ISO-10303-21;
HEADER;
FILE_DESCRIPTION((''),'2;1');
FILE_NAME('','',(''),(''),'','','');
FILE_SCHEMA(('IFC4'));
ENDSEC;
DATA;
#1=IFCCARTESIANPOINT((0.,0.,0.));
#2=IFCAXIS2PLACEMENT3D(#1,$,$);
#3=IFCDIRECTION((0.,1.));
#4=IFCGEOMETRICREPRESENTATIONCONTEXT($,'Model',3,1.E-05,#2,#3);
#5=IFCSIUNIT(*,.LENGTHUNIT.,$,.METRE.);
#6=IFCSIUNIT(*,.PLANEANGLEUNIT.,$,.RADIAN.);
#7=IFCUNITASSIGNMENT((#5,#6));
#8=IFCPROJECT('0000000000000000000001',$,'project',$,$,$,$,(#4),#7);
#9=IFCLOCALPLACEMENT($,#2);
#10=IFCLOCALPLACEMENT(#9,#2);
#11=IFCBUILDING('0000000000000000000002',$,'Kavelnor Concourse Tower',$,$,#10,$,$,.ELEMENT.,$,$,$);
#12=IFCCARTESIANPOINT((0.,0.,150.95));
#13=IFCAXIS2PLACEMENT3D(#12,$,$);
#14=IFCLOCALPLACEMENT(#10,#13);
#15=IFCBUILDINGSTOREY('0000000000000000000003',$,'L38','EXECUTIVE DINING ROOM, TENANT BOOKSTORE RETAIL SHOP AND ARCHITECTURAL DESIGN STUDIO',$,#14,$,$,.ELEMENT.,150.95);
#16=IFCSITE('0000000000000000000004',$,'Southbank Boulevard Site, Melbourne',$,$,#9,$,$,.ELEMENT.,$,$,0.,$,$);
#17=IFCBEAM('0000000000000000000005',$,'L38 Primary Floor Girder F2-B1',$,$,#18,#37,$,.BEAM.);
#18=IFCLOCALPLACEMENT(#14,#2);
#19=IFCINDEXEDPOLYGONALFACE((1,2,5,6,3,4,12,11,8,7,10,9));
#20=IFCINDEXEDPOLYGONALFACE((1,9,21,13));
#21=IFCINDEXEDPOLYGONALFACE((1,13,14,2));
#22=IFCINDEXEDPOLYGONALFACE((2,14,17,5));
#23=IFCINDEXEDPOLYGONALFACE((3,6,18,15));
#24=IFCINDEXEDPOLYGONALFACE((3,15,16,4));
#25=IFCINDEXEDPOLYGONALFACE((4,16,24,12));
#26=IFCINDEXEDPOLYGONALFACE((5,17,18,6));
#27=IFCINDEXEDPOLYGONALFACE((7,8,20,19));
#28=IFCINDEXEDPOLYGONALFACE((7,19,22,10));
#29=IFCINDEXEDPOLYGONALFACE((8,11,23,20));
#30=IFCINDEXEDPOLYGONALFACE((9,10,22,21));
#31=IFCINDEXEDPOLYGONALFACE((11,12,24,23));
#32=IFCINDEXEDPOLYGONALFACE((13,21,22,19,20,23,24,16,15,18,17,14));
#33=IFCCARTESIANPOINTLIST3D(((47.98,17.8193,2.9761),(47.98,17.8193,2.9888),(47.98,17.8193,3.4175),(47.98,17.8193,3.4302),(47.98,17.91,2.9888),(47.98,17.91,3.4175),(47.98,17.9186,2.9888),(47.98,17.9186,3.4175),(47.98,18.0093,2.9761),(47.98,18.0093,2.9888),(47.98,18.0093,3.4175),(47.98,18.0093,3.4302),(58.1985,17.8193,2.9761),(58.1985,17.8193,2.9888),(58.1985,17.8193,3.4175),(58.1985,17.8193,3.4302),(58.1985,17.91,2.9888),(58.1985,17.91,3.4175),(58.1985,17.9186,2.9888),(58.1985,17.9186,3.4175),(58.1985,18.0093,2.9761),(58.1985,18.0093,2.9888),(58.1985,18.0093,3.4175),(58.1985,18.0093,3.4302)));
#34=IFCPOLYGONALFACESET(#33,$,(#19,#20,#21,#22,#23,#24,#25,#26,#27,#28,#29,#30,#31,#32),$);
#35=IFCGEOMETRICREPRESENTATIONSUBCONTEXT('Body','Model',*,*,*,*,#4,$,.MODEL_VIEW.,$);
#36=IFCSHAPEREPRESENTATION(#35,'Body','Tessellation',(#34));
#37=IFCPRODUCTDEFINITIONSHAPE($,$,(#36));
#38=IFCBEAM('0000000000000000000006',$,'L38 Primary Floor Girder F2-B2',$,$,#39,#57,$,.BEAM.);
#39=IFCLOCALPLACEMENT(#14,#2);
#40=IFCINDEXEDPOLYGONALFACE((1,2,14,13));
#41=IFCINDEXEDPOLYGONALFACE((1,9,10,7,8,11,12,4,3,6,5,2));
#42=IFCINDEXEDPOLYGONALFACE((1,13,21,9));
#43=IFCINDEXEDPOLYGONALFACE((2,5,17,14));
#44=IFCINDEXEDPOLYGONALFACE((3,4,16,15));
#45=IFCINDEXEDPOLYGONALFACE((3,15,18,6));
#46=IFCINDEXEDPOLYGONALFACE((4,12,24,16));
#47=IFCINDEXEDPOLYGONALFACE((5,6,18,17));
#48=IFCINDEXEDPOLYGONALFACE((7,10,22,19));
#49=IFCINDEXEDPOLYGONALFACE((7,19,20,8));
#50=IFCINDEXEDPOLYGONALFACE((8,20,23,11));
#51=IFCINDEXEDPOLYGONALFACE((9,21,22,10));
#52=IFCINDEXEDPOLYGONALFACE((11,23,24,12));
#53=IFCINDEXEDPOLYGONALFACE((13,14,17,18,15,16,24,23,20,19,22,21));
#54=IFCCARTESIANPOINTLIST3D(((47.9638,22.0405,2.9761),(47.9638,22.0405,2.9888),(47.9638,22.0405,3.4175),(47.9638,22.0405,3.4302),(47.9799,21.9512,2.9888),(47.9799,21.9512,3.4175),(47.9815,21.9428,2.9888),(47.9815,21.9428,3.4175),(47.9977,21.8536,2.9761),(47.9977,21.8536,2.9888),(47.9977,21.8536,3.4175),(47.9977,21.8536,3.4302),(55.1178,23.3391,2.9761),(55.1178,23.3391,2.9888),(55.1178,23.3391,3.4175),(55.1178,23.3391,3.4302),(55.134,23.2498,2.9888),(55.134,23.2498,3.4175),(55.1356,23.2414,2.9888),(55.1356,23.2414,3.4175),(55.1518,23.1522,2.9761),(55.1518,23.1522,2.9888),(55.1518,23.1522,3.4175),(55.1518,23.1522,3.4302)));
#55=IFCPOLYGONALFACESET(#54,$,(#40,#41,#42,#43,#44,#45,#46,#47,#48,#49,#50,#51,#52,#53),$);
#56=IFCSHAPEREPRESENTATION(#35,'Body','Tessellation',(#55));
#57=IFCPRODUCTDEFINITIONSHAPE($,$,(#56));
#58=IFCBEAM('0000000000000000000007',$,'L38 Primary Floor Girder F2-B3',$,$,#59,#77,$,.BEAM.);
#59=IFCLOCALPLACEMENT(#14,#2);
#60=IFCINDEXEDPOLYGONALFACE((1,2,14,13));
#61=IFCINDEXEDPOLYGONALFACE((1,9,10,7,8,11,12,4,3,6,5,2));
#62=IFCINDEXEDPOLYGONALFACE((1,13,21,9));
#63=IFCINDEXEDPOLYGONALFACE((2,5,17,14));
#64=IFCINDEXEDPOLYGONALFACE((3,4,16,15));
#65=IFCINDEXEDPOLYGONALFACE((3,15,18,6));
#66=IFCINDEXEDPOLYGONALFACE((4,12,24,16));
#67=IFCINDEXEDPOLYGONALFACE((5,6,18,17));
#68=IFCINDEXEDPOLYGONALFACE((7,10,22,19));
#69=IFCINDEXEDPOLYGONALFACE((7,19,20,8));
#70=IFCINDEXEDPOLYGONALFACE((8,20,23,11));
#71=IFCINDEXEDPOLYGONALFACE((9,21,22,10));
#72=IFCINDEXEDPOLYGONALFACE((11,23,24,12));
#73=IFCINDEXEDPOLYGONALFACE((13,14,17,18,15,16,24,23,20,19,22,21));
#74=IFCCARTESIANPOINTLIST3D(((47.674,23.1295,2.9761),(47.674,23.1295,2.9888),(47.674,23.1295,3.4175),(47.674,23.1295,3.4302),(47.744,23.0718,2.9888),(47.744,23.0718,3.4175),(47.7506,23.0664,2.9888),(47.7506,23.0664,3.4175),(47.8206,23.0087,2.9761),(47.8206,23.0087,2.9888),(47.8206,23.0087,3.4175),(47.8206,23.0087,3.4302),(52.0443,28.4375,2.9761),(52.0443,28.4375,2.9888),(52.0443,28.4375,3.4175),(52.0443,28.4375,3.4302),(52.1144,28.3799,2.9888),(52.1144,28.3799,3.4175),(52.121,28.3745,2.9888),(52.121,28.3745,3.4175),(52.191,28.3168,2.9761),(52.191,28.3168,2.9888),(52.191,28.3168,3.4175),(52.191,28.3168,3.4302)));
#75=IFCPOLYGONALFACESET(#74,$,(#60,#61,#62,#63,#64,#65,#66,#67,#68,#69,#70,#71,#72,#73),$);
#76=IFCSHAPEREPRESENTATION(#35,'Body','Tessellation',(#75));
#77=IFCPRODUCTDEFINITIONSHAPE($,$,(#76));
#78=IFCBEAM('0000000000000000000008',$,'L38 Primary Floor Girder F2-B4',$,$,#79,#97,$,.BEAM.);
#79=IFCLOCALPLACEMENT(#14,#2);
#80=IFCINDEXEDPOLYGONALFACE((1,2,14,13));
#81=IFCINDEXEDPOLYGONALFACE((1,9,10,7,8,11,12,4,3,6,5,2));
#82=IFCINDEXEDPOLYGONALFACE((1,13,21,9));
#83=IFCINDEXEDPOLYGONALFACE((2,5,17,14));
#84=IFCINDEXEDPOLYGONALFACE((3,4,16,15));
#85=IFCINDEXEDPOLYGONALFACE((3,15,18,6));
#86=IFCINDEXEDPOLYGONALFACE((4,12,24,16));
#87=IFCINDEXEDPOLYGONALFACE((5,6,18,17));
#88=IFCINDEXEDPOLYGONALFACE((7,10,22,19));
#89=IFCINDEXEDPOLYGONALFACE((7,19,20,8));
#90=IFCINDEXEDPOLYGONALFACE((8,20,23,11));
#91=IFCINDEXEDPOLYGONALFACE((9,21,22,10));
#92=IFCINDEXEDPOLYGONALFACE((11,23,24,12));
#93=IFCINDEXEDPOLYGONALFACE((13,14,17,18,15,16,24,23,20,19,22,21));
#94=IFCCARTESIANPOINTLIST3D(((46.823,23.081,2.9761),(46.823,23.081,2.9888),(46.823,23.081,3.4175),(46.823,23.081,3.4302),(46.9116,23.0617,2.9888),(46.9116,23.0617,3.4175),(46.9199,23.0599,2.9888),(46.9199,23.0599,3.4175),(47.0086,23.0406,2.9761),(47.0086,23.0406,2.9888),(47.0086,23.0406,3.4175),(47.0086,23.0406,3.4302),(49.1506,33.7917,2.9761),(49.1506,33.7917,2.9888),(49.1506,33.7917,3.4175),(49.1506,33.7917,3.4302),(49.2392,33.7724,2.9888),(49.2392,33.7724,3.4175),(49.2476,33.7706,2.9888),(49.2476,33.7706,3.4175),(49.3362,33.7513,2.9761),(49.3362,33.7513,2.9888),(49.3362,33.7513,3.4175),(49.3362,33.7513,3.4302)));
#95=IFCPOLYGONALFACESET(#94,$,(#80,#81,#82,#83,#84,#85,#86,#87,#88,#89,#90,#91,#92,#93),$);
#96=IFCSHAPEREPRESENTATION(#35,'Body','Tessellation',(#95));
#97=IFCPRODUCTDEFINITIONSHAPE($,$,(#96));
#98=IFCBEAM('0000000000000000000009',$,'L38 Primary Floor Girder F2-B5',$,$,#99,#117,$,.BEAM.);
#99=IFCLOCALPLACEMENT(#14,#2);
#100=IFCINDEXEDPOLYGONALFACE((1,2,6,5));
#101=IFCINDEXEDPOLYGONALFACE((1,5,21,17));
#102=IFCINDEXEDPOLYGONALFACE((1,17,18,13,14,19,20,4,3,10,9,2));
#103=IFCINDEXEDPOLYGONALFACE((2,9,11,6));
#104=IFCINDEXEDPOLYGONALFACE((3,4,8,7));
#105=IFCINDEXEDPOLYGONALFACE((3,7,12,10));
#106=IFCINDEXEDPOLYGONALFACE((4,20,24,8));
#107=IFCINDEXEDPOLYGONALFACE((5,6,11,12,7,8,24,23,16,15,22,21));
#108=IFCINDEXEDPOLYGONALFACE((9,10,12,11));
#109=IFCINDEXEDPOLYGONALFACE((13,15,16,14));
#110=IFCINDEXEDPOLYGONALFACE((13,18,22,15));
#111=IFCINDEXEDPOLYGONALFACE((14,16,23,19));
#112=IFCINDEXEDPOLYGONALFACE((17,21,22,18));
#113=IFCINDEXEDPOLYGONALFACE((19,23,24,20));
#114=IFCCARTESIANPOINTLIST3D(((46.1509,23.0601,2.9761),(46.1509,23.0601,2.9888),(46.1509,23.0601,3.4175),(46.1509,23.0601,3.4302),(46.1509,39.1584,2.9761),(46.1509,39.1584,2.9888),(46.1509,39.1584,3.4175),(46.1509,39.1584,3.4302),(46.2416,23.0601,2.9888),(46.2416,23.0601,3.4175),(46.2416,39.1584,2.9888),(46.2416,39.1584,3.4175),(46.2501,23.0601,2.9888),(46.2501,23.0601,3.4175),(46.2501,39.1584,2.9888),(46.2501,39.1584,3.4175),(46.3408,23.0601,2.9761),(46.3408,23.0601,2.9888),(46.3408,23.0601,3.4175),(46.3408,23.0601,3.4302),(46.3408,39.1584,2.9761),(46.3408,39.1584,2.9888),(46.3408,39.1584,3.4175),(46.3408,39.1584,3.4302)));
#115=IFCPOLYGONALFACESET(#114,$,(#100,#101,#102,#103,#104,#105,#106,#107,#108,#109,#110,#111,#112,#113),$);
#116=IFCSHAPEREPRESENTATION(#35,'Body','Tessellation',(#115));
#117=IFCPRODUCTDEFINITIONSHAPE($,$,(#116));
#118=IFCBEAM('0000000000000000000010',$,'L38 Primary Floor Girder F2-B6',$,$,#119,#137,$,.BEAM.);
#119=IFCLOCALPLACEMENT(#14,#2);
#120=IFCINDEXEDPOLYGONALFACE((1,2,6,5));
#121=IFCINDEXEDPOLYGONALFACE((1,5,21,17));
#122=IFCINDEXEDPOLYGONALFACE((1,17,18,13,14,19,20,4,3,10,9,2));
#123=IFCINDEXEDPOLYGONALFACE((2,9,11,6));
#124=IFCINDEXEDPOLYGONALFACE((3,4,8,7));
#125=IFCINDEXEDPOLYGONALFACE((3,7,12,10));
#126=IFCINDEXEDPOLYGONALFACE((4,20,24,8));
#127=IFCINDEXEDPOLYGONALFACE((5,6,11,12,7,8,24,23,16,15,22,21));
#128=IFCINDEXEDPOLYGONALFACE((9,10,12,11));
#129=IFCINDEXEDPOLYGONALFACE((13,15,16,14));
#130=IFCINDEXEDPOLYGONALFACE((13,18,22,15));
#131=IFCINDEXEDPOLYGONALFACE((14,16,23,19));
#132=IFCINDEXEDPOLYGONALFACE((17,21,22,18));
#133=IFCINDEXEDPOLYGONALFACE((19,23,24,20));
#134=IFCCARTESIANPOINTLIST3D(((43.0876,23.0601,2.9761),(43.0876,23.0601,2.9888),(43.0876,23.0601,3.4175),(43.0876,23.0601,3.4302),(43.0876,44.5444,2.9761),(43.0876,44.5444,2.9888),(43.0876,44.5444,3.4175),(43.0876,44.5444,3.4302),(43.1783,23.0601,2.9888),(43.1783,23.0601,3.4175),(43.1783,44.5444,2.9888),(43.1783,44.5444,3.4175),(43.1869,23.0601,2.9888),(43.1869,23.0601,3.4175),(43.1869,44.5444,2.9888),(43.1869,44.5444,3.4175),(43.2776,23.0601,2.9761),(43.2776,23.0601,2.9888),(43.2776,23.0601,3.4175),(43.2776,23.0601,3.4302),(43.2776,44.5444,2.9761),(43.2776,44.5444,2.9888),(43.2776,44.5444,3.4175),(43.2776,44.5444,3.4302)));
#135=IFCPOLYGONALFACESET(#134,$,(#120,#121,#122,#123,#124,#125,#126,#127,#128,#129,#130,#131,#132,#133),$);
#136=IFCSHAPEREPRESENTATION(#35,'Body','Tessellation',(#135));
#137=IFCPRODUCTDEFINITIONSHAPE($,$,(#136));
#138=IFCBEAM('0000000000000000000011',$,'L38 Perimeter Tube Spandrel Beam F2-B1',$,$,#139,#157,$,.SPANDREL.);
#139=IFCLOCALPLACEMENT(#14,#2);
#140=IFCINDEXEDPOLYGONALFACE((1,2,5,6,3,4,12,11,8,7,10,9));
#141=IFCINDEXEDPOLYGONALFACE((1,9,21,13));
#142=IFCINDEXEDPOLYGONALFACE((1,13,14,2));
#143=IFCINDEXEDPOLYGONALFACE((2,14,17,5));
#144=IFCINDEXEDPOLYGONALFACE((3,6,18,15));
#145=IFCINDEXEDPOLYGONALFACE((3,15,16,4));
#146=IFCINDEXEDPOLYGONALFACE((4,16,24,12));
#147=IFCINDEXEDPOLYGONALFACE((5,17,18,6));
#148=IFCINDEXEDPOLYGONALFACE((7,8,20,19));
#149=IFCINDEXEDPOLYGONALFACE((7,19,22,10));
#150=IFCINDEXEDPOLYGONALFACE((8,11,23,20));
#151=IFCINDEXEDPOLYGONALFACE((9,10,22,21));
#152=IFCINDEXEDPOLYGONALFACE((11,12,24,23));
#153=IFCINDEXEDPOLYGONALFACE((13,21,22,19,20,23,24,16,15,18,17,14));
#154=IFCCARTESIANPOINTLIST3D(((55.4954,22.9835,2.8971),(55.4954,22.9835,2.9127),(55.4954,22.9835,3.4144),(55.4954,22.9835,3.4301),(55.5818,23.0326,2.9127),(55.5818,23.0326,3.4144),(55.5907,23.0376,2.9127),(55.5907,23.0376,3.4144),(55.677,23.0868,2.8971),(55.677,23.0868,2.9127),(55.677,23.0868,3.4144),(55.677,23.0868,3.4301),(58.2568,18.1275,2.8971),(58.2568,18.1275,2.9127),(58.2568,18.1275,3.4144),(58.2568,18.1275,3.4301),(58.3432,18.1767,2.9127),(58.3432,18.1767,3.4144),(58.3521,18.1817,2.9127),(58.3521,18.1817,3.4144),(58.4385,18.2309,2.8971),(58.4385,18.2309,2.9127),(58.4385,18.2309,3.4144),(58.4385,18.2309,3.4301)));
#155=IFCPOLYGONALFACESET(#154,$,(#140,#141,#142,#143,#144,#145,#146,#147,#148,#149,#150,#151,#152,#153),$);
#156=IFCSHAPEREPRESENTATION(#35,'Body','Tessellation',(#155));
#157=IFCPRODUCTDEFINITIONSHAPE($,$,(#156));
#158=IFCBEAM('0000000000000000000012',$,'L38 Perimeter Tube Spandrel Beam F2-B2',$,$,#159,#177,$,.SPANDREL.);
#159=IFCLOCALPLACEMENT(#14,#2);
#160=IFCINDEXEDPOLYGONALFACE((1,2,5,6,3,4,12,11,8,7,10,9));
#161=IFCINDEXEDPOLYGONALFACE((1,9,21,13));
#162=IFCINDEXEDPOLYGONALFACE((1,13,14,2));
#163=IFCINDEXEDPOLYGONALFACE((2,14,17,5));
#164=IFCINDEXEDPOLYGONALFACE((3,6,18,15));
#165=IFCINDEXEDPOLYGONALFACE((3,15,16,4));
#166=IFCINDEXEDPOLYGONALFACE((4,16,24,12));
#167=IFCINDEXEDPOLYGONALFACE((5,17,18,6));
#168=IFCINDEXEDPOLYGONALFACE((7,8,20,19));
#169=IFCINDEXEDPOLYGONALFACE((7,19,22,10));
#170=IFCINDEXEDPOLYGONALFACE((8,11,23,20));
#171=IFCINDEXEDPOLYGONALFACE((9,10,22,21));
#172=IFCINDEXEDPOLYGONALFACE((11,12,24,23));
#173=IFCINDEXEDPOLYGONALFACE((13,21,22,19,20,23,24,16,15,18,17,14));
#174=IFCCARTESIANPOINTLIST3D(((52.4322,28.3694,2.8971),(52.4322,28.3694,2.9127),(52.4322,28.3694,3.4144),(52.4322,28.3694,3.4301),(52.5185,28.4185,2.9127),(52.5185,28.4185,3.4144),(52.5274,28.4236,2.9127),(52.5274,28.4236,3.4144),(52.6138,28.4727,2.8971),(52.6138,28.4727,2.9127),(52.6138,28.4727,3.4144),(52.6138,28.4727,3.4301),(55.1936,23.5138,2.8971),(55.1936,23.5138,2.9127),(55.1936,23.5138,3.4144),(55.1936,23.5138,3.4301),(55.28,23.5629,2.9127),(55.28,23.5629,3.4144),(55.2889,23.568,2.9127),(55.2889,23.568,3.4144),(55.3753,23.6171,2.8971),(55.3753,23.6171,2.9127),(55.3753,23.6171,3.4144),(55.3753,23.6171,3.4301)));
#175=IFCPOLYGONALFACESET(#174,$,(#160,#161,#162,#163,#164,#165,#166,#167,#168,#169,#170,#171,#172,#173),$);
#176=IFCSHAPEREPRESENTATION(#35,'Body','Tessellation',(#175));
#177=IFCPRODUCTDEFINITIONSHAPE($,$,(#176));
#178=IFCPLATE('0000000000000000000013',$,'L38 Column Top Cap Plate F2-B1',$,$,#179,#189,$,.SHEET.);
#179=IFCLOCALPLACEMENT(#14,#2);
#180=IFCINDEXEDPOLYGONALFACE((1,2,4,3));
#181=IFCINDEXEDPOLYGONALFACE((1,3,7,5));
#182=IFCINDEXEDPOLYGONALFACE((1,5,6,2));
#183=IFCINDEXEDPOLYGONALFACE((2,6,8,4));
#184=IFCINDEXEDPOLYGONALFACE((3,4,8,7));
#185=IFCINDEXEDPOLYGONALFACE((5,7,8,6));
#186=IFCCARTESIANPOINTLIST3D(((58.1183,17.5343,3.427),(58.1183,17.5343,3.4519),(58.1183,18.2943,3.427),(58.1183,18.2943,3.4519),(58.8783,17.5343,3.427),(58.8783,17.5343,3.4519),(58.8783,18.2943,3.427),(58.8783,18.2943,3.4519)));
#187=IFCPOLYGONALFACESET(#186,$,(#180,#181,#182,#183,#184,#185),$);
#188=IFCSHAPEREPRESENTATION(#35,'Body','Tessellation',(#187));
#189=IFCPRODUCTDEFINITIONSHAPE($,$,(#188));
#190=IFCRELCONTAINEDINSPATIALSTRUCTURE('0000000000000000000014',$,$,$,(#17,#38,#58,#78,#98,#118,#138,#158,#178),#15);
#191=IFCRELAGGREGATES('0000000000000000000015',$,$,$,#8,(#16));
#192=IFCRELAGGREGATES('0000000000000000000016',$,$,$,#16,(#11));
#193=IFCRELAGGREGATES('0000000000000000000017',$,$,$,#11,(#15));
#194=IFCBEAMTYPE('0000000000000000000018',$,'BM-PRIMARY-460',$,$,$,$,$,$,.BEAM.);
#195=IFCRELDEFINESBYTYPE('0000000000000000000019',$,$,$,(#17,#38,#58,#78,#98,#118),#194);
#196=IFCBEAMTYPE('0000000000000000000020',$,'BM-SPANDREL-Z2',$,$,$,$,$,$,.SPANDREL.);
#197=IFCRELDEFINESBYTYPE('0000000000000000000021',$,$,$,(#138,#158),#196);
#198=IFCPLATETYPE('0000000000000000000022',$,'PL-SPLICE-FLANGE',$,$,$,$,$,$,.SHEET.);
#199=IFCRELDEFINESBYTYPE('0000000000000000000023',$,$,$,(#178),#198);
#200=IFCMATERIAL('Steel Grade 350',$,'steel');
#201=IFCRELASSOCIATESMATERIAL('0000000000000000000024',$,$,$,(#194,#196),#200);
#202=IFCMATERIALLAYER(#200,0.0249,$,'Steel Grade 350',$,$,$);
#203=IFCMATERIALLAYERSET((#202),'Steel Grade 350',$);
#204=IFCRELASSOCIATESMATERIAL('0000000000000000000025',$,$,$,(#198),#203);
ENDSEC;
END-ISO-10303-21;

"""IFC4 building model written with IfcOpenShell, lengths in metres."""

from ifc_helpers import new_model, si_unit, direction, frame, origin, origin_2d, place, context, subcontext, project, spatial, rectangle, i_section, extrude, material, layer, layer_set, material_profile, profile_set, type_object, element, save


model = new_model("IFC4")

# Units and contexts
model_context = context("Model", 3, precision=1e-05, world=origin(), true_north=direction((0.0, 1.0)))
body_context = subcontext(model_context, "Body", "Model", "MODEL_VIEW")
ifc_project = project(units=[si_unit("LENGTHUNIT", "METRE"), si_unit("PLANEANGLEUNIT", "RADIAN")], contexts=[model_context])

# Site, building, storey
site_placement = place(None, origin())
site = spatial("IfcSite", under=ifc_project, at=site_placement, Name="Southbank Boulevard Site, Melbourne", CompositionType="ELEMENT", RefElevation=0.0)
building_placement = place(site_placement, origin())
building = spatial("IfcBuilding", under=site, at=building_placement, Name="Kavelnor Concourse Tower", CompositionType="ELEMENT")
storey_placement = place(building_placement, frame((0.0, 0.0, 150.95)))
storey = spatial("IfcBuildingStorey", under=building, at=storey_placement, Name="L38", Description="EXECUTIVE DINING ROOM, TENANT BOOKSTORE RETAIL SHOP AND ARCHITECTURAL DESIGN STUDIO", CompositionType="ELEMENT", Elevation=150.95)

# Shared definitions
ifc_material_1 = material(Name="Steel Grade 350", Category="steel")

# Beams
ifc_material_profile_1 = material_profile(ifc_material_1, i_section(OverallWidth=0.1899, OverallDepth=0.4541, WebThickness=0.0085, FlangeThickness=0.0127, at=origin_2d()), Name="460UB67")
ifc_profile_set_1 = profile_set([ifc_material_profile_1], Name="Steel Grade 350")
beam_type_1 = type_object("IfcBeamType", Name="BM-PRIMARY-460", PredefinedType="BEAM", material=ifc_profile_set_1)
beam_1_placement = place(storey_placement, frame((47.98, 17.9143, 3.2031), z_axis=(1.0, 0.0, 0.0), x_axis=(0.0, 1.0, 0.0)))
element("IfcBeam", 1, at=beam_1_placement, inside=storey, type_object=beam_type_1, Name="L38 Primary Floor Girder F2-B1", PredefinedType="BEAM", context=body_context, shape_type="SweptSolid", body=[
    extrude(i_section(OverallWidth=0.1899, OverallDepth=0.4541, WebThickness=0.0085, FlangeThickness=0.0127, at=origin_2d()), origin(), (0.0, 0.0, 1.0), 10.2185),
])
beam_2_placement = place(storey_placement, frame((47.9807, 21.947, 3.2031), z_axis=(0.983922, 0.178599, 0.0), x_axis=(-0.178599, 0.983922, 0.0)))
element("IfcBeam", 2, at=beam_2_placement, inside=storey, type_object=beam_type_1, Name="L38 Primary Floor Girder F2-B2", PredefinedType="BEAM", context=body_context, shape_type="SweptSolid", body=[
    extrude(i_section(OverallWidth=0.1899, OverallDepth=0.4541, WebThickness=0.0085, FlangeThickness=0.0127, at=origin_2d()), origin(), (0.0, 0.0, 1.0), 7.271),
])
beam_3_placement = place(storey_placement, frame((47.7473, 23.0691, 3.2031), z_axis=(0.635619, 0.772003, 0.0), x_axis=(-0.772003, 0.635619, 0.0)))
element("IfcBeam", 3, at=beam_3_placement, inside=storey, type_object=beam_type_1, Name="L38 Primary Floor Girder F2-B3", PredefinedType="BEAM", context=body_context, shape_type="SweptSolid", body=[
    extrude(i_section(OverallWidth=0.1899, OverallDepth=0.4541, WebThickness=0.0085, FlangeThickness=0.0127, at=origin_2d()), origin(), (0.0, 0.0, 1.0), 6.8757),
])
beam_4_placement = place(storey_placement, frame((46.9158, 23.0608, 3.2031), z_axis=(0.212362, 0.977191, 0.0), x_axis=(-0.977191, 0.212362, 0.0)))
element("IfcBeam", 4, at=beam_4_placement, inside=storey, type_object=beam_type_1, Name="L38 Primary Floor Girder F2-B4", PredefinedType="BEAM", context=body_context, shape_type="SweptSolid", body=[
    extrude(i_section(OverallWidth=0.1899, OverallDepth=0.4541, WebThickness=0.0085, FlangeThickness=0.0127, at=origin_2d()), origin(), (0.0, 0.0, 1.0), 10.9607),
])
beam_5_placement = place(storey_placement, frame((46.2458, 23.0601, 3.2031), z_axis=(0.0, 1.0, 0.0), x_axis=(-1.0, 0.0, 0.0)))
element("IfcBeam", 5, at=beam_5_placement, inside=storey, type_object=beam_type_1, Name="L38 Primary Floor Girder F2-B5", PredefinedType="BEAM", context=body_context, shape_type="SweptSolid", body=[
    extrude(i_section(OverallWidth=0.1899, OverallDepth=0.4541, WebThickness=0.0085, FlangeThickness=0.0127, at=origin_2d()), origin(), (0.0, 0.0, 1.0), 16.0984),
])
beam_6_placement = place(storey_placement, frame((43.1826, 23.0601, 3.2031), z_axis=(0.0, 1.0, 0.0), x_axis=(-1.0, 0.0, 0.0)))
element("IfcBeam", 6, at=beam_6_placement, inside=storey, type_object=beam_type_1, Name="L38 Primary Floor Girder F2-B6", PredefinedType="BEAM", context=body_context, shape_type="SweptSolid", body=[
    extrude(i_section(OverallWidth=0.1899, OverallDepth=0.4541, WebThickness=0.0085, FlangeThickness=0.0127, at=origin_2d()), origin(), (0.0, 0.0, 1.0), 21.4844),
])
ifc_material_profile_2 = material_profile(ifc_material_1, i_section(OverallWidth=0.209, OverallDepth=0.533, WebThickness=0.0103, FlangeThickness=0.0156, at=origin_2d()), Name="530UB92")
ifc_profile_set_2 = profile_set([ifc_material_profile_2], Name="Steel Grade 350")
beam_type_2 = type_object("IfcBeamType", Name="BM-SPANDREL-Z2", PredefinedType="SPANDREL", material=ifc_profile_set_2)
beam_7_placement = place(storey_placement, frame((58.3477, 18.1792, 3.1636), z_axis=(-0.494335, 0.869271, 0.0), x_axis=(-0.869271, -0.494335, 0.0)))
element("IfcBeam", 7, at=beam_7_placement, inside=storey, type_object=beam_type_2, Name="L38 Perimeter Tube Spandrel Beam F2-B1", PredefinedType="SPANDREL", context=body_context, shape_type="SweptSolid", body=[
    extrude(i_section(OverallWidth=0.209, OverallDepth=0.533, WebThickness=0.0103, FlangeThickness=0.0156, at=origin_2d()), origin(), (0.0, 0.0, 1.0), 5.5862),
])
beam_8_placement = place(storey_placement, frame((55.2844, 23.5654, 3.1636), z_axis=(-0.494354, 0.869261, 0.0), x_axis=(-0.869261, -0.494354, 0.0)))
element("IfcBeam", 8, at=beam_8_placement, inside=storey, type_object=beam_type_2, Name="L38 Perimeter Tube Spandrel Beam F2-B2", PredefinedType="SPANDREL", context=body_context, shape_type="SweptSolid", body=[
    extrude(i_section(OverallWidth=0.209, OverallDepth=0.533, WebThickness=0.0103, FlangeThickness=0.0156, at=origin_2d()), origin(), (0.0, 0.0, 1.0), 5.5859),
])

# Plate
ifc_layer_1 = layer(ifc_material_1, 0.0249, Name="Steel Grade 350")
ifc_layer_set_1 = layer_set([ifc_layer_1], Name="Steel Grade 350")
plate_type = type_object("IfcPlateType", Name="PL-SPLICE-FLANGE", PredefinedType="SHEET", material=ifc_layer_set_1)
for number, where, z_axis, x_axis, name in (
    (9, (58.4983, 17.9143, 3.427), (0.0, 0.0, 1.0), (1.0, 0.0, 0.0), "L38 Column Top Cap Plate F2-B1"),
):
    element("IfcPlate", number, at=place(storey_placement, frame(where, z_axis=z_axis, x_axis=x_axis)), inside=storey, type_object=plate_type, Name=name, PredefinedType="SHEET", context=body_context, shape_type="SweptSolid", body=[
        extrude(rectangle(XDim=0.76, YDim=0.76, at=origin_2d()), origin(), (0.0, 0.0, 1.0), 0.0249),
    ])

save(model, "model.ifc")
